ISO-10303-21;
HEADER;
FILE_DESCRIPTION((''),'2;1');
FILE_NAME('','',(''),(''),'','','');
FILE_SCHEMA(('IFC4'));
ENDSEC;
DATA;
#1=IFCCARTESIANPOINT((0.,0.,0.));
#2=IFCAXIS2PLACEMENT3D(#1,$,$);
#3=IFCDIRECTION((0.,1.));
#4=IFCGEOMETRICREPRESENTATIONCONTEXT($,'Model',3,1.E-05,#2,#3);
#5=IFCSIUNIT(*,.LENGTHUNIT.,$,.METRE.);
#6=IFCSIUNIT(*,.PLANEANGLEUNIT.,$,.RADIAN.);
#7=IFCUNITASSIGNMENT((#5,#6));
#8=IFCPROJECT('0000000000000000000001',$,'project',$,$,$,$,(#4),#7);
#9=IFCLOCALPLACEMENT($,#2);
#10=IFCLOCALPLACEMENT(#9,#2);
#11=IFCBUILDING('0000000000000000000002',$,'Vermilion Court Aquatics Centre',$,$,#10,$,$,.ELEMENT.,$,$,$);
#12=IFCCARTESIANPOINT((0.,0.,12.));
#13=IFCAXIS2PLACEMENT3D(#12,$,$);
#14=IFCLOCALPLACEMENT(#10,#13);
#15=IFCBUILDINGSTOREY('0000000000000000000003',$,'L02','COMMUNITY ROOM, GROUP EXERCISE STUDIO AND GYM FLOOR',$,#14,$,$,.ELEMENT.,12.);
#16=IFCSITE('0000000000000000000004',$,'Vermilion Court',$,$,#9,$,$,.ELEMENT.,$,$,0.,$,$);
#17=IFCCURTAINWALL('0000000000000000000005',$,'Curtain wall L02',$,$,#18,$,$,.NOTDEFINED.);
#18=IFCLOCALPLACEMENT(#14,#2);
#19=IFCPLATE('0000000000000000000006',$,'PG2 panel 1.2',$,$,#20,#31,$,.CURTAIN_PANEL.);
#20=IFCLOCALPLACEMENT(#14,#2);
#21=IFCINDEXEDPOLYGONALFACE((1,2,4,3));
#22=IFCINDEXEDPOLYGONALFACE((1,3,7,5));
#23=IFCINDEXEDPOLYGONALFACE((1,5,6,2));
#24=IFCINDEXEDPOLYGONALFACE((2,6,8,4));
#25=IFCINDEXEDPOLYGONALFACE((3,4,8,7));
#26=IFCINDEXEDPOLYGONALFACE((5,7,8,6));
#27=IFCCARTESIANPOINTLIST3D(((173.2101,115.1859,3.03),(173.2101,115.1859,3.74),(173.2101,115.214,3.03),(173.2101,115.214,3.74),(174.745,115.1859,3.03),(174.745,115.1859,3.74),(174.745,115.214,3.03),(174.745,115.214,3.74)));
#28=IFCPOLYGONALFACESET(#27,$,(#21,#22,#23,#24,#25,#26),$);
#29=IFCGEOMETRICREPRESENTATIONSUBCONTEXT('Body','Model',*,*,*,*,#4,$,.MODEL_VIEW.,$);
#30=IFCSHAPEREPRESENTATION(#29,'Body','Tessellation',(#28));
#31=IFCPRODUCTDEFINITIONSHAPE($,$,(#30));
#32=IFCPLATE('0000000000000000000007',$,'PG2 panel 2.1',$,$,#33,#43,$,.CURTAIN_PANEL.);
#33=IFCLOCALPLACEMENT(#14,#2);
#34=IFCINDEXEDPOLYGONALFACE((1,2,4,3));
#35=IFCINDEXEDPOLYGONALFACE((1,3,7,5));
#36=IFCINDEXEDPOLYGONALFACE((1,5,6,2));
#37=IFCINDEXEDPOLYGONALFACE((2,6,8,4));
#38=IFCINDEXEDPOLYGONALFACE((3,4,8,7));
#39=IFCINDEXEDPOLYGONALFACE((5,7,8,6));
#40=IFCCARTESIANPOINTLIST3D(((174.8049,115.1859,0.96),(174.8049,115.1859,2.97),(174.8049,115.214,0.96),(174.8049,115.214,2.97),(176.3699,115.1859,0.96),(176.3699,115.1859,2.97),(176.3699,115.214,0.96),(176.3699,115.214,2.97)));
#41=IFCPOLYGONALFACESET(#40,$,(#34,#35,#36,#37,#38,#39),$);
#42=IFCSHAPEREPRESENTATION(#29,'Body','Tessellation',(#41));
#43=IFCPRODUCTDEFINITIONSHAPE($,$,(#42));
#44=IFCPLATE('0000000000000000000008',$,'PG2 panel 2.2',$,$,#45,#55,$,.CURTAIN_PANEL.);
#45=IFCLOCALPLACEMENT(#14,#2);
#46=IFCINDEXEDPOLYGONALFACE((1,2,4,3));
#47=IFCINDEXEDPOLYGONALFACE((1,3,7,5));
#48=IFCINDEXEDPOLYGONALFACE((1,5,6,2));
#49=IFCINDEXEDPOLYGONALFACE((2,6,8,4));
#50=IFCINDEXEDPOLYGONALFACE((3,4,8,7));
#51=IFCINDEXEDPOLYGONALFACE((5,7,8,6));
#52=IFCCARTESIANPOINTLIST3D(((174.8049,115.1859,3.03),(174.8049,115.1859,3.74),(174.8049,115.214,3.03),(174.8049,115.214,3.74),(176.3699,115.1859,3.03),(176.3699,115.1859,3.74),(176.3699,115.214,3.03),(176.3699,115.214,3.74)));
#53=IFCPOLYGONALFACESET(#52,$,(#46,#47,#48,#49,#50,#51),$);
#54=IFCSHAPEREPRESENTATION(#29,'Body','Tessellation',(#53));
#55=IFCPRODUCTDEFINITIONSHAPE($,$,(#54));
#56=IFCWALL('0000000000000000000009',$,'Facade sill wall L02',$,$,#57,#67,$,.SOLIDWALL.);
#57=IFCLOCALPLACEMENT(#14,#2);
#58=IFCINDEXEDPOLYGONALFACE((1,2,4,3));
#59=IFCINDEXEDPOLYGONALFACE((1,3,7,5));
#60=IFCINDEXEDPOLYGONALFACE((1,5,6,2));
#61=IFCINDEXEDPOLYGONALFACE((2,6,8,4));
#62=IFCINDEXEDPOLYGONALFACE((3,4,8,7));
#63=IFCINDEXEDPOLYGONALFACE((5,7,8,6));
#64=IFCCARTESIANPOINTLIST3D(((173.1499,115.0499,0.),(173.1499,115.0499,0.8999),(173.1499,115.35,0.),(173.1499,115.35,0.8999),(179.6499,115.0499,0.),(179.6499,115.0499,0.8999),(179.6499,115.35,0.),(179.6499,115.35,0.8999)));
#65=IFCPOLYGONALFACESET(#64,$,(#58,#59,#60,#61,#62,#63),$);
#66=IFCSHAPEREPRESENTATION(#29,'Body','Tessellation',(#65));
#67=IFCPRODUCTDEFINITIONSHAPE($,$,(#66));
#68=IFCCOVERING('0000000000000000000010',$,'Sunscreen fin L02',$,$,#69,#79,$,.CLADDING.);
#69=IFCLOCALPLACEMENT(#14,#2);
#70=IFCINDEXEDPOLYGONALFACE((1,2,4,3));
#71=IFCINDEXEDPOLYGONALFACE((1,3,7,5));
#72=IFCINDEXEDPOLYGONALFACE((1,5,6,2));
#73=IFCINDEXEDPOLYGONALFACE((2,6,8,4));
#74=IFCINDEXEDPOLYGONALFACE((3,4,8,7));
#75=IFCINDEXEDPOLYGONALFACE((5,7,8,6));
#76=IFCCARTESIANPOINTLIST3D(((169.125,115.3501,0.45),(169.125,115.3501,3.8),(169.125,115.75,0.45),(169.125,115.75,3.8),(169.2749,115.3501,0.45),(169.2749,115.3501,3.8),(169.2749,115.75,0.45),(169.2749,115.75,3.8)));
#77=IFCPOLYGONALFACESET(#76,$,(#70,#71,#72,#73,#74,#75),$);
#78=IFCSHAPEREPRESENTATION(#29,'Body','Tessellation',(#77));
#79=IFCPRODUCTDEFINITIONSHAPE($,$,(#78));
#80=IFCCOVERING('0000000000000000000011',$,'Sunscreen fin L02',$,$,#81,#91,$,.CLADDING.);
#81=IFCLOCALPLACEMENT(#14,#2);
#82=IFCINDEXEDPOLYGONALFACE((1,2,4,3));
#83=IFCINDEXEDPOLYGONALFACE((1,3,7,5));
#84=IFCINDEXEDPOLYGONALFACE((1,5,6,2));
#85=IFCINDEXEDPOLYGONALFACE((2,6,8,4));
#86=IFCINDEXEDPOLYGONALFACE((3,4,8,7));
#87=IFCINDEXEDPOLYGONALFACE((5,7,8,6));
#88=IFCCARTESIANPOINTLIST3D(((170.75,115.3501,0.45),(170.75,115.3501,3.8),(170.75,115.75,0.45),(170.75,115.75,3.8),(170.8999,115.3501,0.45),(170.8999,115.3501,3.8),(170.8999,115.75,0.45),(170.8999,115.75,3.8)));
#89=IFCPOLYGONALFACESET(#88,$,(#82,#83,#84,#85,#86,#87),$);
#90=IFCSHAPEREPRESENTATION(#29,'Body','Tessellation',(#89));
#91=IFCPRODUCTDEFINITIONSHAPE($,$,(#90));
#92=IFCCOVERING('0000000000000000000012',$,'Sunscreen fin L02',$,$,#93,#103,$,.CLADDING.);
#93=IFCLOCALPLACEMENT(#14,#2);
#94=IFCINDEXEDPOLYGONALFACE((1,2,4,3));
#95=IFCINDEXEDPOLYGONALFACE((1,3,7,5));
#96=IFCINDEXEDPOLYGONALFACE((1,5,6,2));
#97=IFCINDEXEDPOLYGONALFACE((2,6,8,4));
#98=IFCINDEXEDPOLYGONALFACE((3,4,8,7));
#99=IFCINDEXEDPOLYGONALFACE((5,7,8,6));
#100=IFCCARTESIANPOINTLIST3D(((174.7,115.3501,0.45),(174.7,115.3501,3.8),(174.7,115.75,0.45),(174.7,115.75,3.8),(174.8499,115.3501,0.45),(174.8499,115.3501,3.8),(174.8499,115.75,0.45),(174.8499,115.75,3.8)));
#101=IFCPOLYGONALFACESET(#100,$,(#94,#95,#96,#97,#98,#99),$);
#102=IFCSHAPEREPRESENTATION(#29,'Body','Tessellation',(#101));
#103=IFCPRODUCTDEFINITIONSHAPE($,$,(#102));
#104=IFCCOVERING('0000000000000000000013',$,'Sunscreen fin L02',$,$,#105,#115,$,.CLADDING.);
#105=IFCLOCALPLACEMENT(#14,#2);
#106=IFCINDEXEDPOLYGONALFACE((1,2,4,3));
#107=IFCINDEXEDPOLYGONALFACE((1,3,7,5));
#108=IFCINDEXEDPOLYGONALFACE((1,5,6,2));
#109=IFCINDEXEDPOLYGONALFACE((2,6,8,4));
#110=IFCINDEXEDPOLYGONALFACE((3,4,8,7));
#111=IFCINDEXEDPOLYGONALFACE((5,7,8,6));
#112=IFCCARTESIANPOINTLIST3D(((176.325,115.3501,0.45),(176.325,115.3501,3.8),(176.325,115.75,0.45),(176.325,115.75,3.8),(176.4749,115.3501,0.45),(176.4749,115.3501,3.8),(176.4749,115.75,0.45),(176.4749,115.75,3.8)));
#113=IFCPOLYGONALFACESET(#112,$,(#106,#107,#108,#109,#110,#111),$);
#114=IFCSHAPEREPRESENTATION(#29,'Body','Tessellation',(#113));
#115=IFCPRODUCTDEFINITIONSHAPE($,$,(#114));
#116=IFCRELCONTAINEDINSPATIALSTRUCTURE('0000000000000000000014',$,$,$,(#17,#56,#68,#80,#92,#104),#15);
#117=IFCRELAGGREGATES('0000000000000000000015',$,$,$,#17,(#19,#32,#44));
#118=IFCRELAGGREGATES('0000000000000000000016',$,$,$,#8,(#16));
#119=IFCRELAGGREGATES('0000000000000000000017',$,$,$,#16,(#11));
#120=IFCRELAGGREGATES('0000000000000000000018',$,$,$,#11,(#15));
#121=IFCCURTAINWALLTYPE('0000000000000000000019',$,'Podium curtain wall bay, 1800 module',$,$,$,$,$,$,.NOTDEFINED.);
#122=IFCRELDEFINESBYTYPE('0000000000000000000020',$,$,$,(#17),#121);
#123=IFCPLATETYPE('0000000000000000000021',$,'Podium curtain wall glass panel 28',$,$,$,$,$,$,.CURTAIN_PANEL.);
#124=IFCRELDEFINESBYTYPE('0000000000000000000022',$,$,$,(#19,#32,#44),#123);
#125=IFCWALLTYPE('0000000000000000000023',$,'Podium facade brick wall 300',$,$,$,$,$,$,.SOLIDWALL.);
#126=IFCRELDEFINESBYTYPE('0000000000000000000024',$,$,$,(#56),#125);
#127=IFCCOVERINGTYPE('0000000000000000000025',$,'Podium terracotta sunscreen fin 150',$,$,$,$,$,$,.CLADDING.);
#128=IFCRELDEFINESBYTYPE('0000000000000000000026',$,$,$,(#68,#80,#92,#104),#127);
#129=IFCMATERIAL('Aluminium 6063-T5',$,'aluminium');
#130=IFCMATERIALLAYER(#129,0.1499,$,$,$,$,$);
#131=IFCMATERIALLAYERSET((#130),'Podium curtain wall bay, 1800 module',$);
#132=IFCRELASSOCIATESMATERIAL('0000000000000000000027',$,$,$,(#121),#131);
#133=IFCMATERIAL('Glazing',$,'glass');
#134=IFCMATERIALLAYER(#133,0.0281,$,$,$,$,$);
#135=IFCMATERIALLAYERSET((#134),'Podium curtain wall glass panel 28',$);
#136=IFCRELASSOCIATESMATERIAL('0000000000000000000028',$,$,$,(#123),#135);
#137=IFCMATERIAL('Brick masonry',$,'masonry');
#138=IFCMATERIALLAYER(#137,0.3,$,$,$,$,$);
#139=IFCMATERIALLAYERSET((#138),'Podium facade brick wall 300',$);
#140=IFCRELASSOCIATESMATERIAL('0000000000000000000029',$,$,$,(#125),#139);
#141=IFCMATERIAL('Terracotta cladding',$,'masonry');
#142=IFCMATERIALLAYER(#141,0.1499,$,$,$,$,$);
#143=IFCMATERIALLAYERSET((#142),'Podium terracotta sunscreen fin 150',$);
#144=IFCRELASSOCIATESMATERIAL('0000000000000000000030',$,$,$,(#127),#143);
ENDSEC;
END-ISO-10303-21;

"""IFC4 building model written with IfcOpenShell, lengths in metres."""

from ifc_helpers import new_model, si_unit, direction, frame, frame_2d, origin, origin_2d, place, context, subcontext, project, spatial, rectangle, extrude, material, layer, layer_set, type_object, element, aggregate, save


model = new_model("IFC4")

# Units and contexts
model_context = context("Model", 3, precision=1e-05, world=origin(), true_north=direction((0.0, 1.0)))
body_context = subcontext(model_context, "Body", "Model", "MODEL_VIEW")
ifc_project = project(units=[si_unit("LENGTHUNIT", "METRE"), si_unit("PLANEANGLEUNIT", "RADIAN")], contexts=[model_context])

# Site, building, storey
site_placement = place(None, origin())
site = spatial("IfcSite", under=ifc_project, at=site_placement, Name="Vermilion Court", CompositionType="ELEMENT", RefElevation=0.0)
building_placement = place(site_placement, origin())
building = spatial("IfcBuilding", under=site, at=building_placement, Name="Vermilion Court Aquatics Centre", CompositionType="ELEMENT")
storey_placement = place(building_placement, frame((0.0, 0.0, 12.0)))
storey = spatial("IfcBuildingStorey", under=building, at=storey_placement, Name="L02", Description="COMMUNITY ROOM, GROUP EXERCISE STUDIO AND GYM FLOOR", CompositionType="ELEMENT", Elevation=12.0)

# Curtain wall
ifc_material_1 = material(Name="Aluminium 6063-T5", Category="aluminium")
ifc_layer_1 = layer(ifc_material_1, 0.1499)
ifc_layer_set_1 = layer_set([ifc_layer_1], Name="Podium curtain wall bay, 1800 module")
curtain_wall_type = type_object("IfcCurtainWallType", Name="Podium curtain wall bay, 1800 module", PredefinedType="NOTDEFINED", material=ifc_layer_set_1)
curtain_wall_1_placement = place(storey_placement, origin())
curtain_wall_1 = element("IfcCurtainWall", 1, at=curtain_wall_1_placement, inside=storey, type_object=curtain_wall_type, Name="Curtain wall L02", PredefinedType="NOTDEFINED")

# Plates
ifc_material_2 = material(Name="Glazing", Category="glass")
ifc_layer_2 = layer(ifc_material_2, 0.0281)
ifc_layer_set_2 = layer_set([ifc_layer_2], Name="Podium curtain wall glass panel 28")
plate_type = type_object("IfcPlateType", Name="Podium curtain wall glass panel 28", PredefinedType="CURTAIN_PANEL", material=ifc_layer_set_2)
plate_1_placement = place(storey_placement, frame((173.9775, 115.2, 3.03), z_axis=(0.0, 0.0, 1.0), x_axis=(1.0, 0.0, 0.0)))
plate_1 = element("IfcPlate", 2, at=plate_1_placement, type_object=plate_type, Name="PG2 panel 1.2", PredefinedType="CURTAIN_PANEL", context=body_context, shape_type="SweptSolid", body=[
    extrude(rectangle(XDim=1.5349, YDim=0.0281, at=origin_2d()), origin(), (0.0, 0.0, 1.0), 0.71),
])
plate_2_placement = place(storey_placement, frame((175.5874, 115.2, 0.96), z_axis=(0.0, 0.0, 1.0), x_axis=(1.0, 0.0, 0.0)))
plate_2 = element("IfcPlate", 3, at=plate_2_placement, type_object=plate_type, Name="PG2 panel 2.1", PredefinedType="CURTAIN_PANEL", context=body_context, shape_type="SweptSolid", body=[
    extrude(rectangle(XDim=1.5649, YDim=0.0281, at=origin_2d()), origin(), (0.0, 0.0, 1.0), 2.01),
])
plate_3_placement = place(storey_placement, frame((175.5874, 115.2, 3.03), z_axis=(0.0, 0.0, 1.0), x_axis=(1.0, 0.0, 0.0)))
plate_3 = element("IfcPlate", 4, at=plate_3_placement, type_object=plate_type, Name="PG2 panel 2.2", PredefinedType="CURTAIN_PANEL", context=body_context, shape_type="SweptSolid", body=[
    extrude(rectangle(XDim=1.5649, YDim=0.0281, at=origin_2d()), origin(), (0.0, 0.0, 1.0), 0.71),
])
aggregate(curtain_wall_1, [plate_1, plate_2, plate_3])

# Wall
ifc_material_3 = material(Name="Brick masonry", Category="masonry")
ifc_layer_3 = layer(ifc_material_3, 0.3)
ifc_layer_set_3 = layer_set([ifc_layer_3], Name="Podium facade brick wall 300")
wall_type = type_object("IfcWallType", Name="Podium facade brick wall 300", PredefinedType="SOLIDWALL", material=ifc_layer_set_3)
wall_placement = place(storey_placement, frame((173.1499, 115.2, 0.0), z_axis=(0.0, 0.0, 1.0), x_axis=(1.0, 0.0, 0.0)))
element("IfcWall", 5, at=wall_placement, inside=storey, type_object=wall_type, Name="Facade sill wall L02", PredefinedType="SOLIDWALL", context=body_context, shape_type="SweptSolid", body=[
    extrude(rectangle(XDim=6.5, YDim=0.3, at=frame_2d((3.25, 0.0))), origin(), (0.0, 0.0, 1.0), 0.8999),
])

# Coverings
ifc_material_4 = material(Name="Terracotta cladding", Category="masonry")
ifc_layer_4 = layer(ifc_material_4, 0.1499)
ifc_layer_set_4 = layer_set([ifc_layer_4], Name="Podium terracotta sunscreen fin 150")
covering_type = type_object("IfcCoveringType", Name="Podium terracotta sunscreen fin 150", PredefinedType="CLADDING", material=ifc_layer_set_4)
for number, where, z_axis, x_axis, name in (
    (6, (169.2, 115.3501, 0.45), (0.0, 0.0, 1.0), (0.0, 1.0, 0.0), "Sunscreen fin L02"),
    (7, (170.825, 115.3501, 0.45), (0.0, 0.0, 1.0), (0.0, 1.0, 0.0), "Sunscreen fin L02"),
    (8, (174.7749, 115.3501, 0.45), (0.0, 0.0, 1.0), (0.0, 1.0, 0.0), "Sunscreen fin L02"),
    (9, (176.3999, 115.3501, 0.45), (0.0, 0.0, 1.0), (0.0, 1.0, 0.0), "Sunscreen fin L02"),
):
    element("IfcCovering", number, at=place(storey_placement, frame(where, z_axis=z_axis, x_axis=x_axis)), inside=storey, type_object=covering_type, Name=name, PredefinedType="CLADDING", context=body_context, shape_type="SweptSolid", body=[
        extrude(rectangle(XDim=0.3999, YDim=0.1499, at=frame_2d((0.2, 0.0))), origin(), (0.0, 0.0, 1.0), 3.3501),
    ])

save(model, "model.ifc")
